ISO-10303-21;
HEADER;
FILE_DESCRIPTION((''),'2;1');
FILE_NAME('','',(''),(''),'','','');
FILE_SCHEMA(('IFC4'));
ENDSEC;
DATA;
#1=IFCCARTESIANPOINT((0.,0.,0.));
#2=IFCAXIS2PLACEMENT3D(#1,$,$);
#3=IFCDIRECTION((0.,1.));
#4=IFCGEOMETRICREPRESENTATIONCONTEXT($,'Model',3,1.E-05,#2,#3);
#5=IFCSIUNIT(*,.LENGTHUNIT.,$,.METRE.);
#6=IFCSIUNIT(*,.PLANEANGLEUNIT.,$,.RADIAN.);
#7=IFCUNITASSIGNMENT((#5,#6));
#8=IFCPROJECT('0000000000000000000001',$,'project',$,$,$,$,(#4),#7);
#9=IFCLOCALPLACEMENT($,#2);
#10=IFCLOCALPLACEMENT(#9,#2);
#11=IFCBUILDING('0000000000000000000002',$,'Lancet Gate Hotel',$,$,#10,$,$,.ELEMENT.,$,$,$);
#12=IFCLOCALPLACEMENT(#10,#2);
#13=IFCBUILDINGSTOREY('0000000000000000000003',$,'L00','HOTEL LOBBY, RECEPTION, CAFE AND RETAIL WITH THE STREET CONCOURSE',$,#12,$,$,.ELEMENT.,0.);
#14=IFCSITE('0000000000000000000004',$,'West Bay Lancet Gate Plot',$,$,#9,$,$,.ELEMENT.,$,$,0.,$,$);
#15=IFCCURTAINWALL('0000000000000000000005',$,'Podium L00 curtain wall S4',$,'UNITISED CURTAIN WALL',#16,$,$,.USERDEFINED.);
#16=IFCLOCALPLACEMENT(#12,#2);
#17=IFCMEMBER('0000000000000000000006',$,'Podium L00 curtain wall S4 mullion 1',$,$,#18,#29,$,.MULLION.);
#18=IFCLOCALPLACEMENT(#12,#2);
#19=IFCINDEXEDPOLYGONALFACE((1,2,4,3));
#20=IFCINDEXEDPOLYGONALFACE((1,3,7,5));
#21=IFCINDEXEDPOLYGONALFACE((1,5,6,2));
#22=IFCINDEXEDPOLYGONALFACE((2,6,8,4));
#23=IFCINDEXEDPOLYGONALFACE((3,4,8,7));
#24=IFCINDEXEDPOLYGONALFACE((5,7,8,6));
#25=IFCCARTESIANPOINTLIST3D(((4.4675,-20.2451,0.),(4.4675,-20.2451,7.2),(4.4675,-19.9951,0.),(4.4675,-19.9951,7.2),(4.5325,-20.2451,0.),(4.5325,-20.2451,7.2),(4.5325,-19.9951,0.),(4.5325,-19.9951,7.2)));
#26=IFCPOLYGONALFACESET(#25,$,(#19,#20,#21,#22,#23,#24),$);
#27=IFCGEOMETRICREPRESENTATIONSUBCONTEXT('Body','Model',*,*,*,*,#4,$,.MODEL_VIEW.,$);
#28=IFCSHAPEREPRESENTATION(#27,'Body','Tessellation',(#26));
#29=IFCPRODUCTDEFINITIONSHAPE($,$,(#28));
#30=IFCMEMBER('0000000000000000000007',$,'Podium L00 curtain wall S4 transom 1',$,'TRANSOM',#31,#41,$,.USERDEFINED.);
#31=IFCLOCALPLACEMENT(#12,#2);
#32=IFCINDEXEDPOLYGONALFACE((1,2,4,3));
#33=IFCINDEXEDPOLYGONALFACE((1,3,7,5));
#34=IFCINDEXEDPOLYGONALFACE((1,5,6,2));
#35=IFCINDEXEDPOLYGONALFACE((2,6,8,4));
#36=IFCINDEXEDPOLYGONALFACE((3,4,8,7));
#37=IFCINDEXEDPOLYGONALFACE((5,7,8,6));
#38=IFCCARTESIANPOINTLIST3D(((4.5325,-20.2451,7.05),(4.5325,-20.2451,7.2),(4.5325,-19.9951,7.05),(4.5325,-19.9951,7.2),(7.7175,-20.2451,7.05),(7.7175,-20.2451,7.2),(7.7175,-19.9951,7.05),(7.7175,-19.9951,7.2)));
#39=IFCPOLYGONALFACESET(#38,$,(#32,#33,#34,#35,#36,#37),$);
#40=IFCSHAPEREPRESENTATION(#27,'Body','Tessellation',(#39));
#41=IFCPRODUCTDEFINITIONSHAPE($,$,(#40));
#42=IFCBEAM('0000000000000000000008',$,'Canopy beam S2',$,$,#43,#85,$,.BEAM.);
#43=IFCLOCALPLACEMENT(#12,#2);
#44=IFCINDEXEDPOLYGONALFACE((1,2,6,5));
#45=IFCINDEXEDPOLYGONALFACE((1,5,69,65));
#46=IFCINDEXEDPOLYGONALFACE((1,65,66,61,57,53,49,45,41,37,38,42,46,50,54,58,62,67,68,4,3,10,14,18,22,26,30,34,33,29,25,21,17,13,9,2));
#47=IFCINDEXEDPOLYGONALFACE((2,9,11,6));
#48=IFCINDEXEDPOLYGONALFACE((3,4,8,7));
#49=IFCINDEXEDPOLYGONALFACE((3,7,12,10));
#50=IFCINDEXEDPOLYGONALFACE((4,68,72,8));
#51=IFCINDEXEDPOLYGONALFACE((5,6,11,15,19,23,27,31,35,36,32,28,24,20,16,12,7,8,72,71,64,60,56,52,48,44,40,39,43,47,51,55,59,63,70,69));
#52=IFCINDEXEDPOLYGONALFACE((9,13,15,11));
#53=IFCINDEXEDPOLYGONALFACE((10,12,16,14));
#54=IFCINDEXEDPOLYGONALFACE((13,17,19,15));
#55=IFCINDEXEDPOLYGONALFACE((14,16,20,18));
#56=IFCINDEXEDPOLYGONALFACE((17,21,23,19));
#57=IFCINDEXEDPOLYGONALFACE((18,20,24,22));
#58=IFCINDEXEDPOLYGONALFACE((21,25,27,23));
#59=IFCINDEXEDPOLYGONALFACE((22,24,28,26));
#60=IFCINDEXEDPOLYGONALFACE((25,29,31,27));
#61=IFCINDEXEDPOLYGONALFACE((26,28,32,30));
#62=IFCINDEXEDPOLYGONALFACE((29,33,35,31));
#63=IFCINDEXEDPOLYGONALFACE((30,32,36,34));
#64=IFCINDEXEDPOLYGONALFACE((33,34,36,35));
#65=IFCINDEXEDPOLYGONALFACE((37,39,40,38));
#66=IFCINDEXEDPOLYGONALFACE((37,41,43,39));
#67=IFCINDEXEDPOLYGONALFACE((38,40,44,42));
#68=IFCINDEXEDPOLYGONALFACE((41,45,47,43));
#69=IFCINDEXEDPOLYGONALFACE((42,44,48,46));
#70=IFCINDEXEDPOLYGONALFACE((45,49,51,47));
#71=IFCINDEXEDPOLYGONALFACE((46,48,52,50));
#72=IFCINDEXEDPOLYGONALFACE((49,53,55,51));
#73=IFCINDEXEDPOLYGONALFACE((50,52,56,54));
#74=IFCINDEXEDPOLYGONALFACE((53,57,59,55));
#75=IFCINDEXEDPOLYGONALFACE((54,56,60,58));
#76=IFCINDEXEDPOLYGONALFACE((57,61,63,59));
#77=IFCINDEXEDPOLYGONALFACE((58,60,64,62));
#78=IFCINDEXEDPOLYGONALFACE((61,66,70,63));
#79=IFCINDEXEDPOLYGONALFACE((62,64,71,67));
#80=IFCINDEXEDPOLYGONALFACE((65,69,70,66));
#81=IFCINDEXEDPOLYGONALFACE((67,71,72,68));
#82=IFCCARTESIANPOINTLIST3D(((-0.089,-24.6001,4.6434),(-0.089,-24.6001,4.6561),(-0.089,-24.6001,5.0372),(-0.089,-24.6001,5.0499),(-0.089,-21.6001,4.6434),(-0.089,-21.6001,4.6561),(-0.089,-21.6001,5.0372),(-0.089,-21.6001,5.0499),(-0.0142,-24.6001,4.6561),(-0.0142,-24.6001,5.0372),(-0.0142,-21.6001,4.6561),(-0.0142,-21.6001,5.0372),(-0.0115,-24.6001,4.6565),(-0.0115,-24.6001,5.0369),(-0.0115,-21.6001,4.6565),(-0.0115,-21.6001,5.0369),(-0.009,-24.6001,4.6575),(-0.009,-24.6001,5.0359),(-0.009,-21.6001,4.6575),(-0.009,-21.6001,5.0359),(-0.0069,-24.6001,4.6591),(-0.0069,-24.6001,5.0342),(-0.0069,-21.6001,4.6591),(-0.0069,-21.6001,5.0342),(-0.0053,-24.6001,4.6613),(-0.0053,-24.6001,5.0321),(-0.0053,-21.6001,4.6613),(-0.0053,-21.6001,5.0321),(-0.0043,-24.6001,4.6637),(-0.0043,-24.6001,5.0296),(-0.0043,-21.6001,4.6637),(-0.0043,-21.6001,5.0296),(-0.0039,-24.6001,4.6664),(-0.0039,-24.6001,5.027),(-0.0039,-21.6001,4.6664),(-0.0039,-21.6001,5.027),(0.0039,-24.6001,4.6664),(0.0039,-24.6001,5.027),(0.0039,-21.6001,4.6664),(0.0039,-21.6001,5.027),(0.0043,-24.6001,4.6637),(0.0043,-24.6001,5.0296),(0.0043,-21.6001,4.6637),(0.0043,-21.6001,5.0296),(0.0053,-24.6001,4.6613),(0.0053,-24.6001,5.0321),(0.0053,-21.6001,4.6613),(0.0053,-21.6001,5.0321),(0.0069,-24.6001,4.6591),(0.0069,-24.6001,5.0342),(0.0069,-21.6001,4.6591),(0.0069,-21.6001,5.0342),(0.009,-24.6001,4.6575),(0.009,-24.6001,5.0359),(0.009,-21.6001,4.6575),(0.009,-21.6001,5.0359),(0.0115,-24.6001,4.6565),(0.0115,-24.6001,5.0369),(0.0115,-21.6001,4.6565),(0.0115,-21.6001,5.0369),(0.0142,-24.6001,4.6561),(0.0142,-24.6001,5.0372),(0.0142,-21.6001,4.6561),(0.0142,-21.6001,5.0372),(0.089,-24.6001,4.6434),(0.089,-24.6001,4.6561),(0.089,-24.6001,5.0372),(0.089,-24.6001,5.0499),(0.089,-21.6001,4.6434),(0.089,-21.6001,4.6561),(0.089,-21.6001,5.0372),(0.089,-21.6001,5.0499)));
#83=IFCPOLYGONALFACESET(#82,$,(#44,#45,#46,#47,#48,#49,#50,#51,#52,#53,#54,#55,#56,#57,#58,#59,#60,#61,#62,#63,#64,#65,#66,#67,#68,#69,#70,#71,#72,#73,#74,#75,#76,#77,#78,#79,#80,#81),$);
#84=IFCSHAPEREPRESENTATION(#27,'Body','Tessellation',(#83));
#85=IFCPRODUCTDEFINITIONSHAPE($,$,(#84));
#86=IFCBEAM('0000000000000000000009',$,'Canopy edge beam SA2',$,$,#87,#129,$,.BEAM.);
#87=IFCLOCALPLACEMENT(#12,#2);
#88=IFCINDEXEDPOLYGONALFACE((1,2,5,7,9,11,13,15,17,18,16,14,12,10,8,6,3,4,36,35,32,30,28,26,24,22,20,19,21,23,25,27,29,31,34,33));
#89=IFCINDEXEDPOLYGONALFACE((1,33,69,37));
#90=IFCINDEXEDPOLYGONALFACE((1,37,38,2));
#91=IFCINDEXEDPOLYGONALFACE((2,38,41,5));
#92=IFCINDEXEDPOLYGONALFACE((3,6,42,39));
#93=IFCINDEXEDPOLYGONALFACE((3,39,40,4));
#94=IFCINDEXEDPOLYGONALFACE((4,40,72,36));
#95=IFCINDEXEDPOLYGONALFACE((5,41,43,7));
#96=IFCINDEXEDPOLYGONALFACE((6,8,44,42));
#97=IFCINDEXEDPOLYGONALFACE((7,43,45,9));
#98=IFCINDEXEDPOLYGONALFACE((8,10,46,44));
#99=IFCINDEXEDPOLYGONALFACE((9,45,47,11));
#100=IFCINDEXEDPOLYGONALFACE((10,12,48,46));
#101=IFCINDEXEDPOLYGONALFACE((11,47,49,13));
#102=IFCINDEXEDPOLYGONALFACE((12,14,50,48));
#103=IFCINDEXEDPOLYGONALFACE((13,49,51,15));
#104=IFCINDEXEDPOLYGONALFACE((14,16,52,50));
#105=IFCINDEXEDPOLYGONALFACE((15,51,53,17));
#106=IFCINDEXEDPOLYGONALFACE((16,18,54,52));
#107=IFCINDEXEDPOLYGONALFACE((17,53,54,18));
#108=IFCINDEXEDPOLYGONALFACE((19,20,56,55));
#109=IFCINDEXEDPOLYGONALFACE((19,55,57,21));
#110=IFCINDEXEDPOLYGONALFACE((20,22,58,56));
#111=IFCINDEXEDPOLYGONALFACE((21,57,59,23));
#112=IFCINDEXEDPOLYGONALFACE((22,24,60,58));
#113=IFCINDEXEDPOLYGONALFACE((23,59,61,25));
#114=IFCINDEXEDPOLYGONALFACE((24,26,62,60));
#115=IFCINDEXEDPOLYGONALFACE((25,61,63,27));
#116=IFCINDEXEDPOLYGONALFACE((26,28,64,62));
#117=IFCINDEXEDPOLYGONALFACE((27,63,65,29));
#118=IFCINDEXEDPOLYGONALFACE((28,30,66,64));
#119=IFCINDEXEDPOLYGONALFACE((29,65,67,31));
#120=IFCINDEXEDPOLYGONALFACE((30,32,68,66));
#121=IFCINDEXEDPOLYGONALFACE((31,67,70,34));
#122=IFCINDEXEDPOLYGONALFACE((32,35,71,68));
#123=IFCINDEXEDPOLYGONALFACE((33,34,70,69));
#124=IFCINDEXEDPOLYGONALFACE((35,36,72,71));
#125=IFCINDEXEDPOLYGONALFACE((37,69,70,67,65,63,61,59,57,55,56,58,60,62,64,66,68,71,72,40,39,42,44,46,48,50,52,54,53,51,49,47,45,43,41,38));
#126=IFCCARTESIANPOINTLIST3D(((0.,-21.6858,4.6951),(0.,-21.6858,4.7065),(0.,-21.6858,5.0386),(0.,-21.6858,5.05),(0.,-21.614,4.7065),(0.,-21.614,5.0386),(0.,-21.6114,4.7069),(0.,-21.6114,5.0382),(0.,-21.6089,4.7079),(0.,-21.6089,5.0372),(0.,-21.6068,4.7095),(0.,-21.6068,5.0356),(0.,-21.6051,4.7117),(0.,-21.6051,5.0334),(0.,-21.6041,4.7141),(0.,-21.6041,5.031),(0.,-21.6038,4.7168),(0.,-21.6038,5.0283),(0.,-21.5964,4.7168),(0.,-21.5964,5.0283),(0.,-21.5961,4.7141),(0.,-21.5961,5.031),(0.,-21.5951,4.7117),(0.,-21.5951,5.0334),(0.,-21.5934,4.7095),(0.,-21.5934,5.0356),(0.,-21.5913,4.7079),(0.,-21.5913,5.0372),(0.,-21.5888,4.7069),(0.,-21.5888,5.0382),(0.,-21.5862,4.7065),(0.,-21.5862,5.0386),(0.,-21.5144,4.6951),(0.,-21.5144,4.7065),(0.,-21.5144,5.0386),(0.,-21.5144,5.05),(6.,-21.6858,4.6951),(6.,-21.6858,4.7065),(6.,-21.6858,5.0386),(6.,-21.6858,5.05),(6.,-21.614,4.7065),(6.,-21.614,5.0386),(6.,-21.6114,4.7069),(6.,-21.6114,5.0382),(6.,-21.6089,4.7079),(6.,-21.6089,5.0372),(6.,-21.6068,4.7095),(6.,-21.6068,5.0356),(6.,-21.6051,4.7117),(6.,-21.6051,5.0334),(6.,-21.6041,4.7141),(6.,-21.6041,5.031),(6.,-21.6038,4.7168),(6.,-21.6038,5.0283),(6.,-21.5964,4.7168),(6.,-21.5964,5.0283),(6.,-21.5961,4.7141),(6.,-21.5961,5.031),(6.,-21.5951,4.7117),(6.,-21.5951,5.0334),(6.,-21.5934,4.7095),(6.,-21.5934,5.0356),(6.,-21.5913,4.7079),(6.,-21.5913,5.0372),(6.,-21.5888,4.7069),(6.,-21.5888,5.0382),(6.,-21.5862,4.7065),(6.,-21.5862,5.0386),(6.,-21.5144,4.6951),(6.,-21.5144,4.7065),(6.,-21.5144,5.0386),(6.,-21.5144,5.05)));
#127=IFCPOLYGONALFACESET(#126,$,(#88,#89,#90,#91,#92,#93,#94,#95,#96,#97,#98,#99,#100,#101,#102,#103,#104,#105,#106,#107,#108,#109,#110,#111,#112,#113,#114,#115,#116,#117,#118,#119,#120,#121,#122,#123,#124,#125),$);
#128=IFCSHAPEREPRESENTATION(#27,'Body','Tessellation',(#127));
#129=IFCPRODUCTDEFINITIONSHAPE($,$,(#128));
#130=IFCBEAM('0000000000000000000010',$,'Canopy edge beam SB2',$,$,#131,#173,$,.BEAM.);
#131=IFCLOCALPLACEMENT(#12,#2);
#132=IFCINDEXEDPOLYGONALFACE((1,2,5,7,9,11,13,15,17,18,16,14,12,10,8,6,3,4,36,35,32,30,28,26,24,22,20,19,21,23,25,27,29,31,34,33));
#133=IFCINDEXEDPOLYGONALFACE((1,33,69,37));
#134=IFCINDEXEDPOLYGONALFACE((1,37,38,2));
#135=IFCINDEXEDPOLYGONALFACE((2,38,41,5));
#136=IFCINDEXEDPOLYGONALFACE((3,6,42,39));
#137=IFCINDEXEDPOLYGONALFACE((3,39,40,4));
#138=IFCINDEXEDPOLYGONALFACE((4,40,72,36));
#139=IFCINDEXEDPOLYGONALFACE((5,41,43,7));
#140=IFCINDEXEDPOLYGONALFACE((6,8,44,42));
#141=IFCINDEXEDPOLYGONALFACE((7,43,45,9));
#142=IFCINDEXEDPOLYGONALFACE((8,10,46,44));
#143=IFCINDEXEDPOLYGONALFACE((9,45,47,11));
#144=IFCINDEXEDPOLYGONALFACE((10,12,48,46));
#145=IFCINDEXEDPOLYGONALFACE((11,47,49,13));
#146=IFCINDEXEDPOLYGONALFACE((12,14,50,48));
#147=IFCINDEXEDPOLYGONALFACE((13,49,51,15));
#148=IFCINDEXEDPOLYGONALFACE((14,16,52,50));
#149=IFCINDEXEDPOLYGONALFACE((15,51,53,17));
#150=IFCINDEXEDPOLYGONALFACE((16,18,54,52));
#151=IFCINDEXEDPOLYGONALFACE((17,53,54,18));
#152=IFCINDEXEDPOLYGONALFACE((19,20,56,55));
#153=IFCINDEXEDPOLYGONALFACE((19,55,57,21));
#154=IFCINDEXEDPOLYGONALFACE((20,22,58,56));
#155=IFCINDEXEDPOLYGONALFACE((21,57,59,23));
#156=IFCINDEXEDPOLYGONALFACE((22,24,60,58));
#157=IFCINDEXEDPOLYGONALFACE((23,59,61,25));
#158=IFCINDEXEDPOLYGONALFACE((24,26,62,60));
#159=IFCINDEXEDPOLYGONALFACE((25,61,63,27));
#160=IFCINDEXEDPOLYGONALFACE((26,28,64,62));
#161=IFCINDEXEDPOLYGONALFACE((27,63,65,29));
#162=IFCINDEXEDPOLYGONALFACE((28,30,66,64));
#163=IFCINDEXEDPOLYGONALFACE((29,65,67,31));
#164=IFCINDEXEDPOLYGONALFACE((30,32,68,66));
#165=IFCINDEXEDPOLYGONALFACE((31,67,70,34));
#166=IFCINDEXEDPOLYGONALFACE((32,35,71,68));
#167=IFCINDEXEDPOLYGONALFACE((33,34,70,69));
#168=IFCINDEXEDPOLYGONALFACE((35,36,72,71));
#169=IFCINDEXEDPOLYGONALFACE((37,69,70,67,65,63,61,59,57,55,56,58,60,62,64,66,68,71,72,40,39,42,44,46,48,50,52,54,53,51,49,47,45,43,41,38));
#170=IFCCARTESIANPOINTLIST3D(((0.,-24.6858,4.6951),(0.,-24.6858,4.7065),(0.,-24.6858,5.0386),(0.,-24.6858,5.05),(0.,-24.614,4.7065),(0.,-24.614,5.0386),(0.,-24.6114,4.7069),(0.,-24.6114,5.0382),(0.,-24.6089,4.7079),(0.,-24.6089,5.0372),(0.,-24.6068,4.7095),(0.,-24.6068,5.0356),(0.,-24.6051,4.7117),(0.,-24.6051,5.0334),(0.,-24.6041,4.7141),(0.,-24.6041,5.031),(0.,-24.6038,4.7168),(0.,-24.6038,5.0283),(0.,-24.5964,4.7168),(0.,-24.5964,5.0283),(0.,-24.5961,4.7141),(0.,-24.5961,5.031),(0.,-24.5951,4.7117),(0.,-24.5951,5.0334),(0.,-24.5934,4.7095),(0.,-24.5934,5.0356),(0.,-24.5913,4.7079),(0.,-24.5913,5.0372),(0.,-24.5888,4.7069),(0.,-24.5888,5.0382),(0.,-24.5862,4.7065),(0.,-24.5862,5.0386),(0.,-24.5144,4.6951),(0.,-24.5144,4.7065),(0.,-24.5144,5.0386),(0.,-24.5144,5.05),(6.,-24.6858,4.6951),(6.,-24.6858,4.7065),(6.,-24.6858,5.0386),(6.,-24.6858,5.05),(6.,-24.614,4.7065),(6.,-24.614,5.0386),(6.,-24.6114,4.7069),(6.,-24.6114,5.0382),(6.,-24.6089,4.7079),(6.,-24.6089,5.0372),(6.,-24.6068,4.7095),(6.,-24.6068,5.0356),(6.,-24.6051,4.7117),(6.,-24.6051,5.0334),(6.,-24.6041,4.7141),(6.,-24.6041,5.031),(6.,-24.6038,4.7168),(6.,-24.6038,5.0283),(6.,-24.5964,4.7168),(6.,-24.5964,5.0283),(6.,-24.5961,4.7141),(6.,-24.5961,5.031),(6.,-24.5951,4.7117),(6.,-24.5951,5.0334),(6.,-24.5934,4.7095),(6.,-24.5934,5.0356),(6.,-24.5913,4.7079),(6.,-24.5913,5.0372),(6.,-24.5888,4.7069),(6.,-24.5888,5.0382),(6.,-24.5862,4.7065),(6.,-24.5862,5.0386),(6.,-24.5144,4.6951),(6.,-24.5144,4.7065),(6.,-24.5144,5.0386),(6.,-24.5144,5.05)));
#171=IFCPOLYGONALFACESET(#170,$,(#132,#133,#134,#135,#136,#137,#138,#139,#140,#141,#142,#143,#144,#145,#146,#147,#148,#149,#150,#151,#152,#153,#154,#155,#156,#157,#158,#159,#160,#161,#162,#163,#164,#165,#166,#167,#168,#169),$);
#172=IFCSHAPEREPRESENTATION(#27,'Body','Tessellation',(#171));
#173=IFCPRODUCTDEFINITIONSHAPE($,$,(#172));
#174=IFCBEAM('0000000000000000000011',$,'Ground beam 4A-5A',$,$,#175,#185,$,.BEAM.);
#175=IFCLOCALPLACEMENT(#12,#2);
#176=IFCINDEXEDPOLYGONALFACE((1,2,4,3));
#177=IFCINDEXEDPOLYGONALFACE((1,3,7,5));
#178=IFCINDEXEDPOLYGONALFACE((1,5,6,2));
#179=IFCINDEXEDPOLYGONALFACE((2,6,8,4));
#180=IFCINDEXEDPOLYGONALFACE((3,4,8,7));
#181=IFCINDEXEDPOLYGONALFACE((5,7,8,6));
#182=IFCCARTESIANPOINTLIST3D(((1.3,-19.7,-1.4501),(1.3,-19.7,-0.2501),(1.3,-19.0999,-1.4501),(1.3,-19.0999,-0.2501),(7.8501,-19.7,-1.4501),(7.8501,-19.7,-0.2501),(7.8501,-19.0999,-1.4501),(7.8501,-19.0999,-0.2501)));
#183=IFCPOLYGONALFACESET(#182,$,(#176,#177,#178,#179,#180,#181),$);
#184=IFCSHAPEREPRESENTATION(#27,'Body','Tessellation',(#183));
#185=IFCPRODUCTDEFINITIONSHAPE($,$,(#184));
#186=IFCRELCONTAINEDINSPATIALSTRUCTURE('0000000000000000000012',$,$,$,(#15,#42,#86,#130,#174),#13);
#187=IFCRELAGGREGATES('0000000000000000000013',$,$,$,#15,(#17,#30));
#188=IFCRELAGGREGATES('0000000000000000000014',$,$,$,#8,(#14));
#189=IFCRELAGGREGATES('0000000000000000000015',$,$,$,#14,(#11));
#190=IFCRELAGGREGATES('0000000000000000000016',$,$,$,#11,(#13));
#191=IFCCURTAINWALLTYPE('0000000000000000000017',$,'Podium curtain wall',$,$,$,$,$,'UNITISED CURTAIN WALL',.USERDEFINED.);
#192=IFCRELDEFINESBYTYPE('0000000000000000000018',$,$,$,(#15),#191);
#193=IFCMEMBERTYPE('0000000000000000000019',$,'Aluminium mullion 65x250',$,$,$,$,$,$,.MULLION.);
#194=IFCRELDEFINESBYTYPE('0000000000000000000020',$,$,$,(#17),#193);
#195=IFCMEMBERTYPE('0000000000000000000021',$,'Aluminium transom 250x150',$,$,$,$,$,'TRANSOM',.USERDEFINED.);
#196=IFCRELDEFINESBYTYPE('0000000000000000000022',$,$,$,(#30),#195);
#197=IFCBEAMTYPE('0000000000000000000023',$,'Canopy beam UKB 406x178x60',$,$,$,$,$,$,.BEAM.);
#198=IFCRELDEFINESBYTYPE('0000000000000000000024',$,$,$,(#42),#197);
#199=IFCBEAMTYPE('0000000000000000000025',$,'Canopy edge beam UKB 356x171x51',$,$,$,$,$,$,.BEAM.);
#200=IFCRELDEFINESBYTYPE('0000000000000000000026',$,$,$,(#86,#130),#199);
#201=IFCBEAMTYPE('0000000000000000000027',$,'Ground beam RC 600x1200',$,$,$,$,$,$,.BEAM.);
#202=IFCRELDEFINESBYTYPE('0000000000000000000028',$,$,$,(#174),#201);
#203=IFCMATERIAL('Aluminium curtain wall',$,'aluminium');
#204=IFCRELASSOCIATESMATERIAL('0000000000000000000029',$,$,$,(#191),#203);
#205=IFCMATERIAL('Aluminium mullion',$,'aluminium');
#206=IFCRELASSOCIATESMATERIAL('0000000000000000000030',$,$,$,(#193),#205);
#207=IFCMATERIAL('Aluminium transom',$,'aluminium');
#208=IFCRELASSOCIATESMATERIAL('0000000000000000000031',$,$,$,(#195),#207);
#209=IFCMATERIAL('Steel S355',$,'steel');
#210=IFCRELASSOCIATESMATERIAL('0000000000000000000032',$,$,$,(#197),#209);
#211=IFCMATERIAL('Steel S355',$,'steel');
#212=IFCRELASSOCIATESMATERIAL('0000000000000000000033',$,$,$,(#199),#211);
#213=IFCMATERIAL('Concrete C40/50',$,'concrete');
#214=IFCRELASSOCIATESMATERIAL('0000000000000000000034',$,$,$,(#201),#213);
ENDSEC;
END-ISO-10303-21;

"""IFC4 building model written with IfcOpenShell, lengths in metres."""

from ifc_helpers import new_model, si_unit, direction, frame, origin, origin_2d, place, context, subcontext, project, spatial, rectangle, i_section, extrude, material, material_profile, profile_set, type_object, element, aggregate, save


model = new_model("IFC4")

# Units and contexts
model_context = context("Model", 3, precision=1e-05, world=origin(), true_north=direction((0.0, 1.0)))
body_context = subcontext(model_context, "Body", "Model", "MODEL_VIEW")
ifc_project = project(units=[si_unit("LENGTHUNIT", "METRE"), si_unit("PLANEANGLEUNIT", "RADIAN")], contexts=[model_context])

# Site, building, storey
site_placement = place(None, origin())
site = spatial("IfcSite", under=ifc_project, at=site_placement, Name="West Bay Lancet Gate Plot", CompositionType="ELEMENT", RefElevation=0.0)
building_placement = place(site_placement, origin())
building = spatial("IfcBuilding", under=site, at=building_placement, Name="Lancet Gate Hotel", CompositionType="ELEMENT")
storey_placement = place(building_placement, origin())
storey = spatial("IfcBuildingStorey", under=building, at=storey_placement, Name="L00", Description="HOTEL LOBBY, RECEPTION, CAFE AND RETAIL WITH THE STREET CONCOURSE", CompositionType="ELEMENT", Elevation=0.0)

# Curtain wall, members
ifc_material_1 = material(Name="Aluminium curtain wall", Category="aluminium")
curtain_wall_type = type_object("IfcCurtainWallType", Name="Podium curtain wall", ElementType="UNITISED CURTAIN WALL", PredefinedType="USERDEFINED", material=ifc_material_1)
curtain_wall_placement = place(storey_placement, origin())
curtain_wall = element("IfcCurtainWall", 1, at=curtain_wall_placement, inside=storey, type_object=curtain_wall_type, Name="Podium L00 curtain wall S4", ObjectType="UNITISED CURTAIN WALL", PredefinedType="USERDEFINED")
ifc_material_2 = material(Name="Aluminium mullion", Category="aluminium")
ifc_material_profile_1 = material_profile(ifc_material_2, rectangle(XDim=0.0649, YDim=0.25, at=origin_2d()), Name="MULLION 65x250")
ifc_profile_set_1 = profile_set([ifc_material_profile_1], Name="Aluminium mullion")
member_type_1 = type_object("IfcMemberType", Name="Aluminium mullion 65x250", PredefinedType="MULLION", material=ifc_profile_set_1)
member_1_placement = place(storey_placement, frame((4.5, -20.1201, 0.0), z_axis=(0.0, 0.0, 1.0), x_axis=(1.0, 0.0, 0.0)))
member_1 = element("IfcMember", 2, at=member_1_placement, type_object=member_type_1, Name="Podium L00 curtain wall S4 mullion 1", PredefinedType="MULLION", context=body_context, shape_type="SweptSolid", body=[
    extrude(rectangle(XDim=0.0649, YDim=0.25, at=origin_2d()), origin(), (0.0, 0.0, 1.0), 7.2),
])
ifc_material_3 = material(Name="Aluminium transom", Category="aluminium")
ifc_material_profile_2 = material_profile(ifc_material_3, rectangle(XDim=0.25, YDim=0.1499, at=origin_2d()), Name="TRANSOM 250x150")
ifc_profile_set_2 = profile_set([ifc_material_profile_2], Name="Aluminium transom")
member_type_2 = type_object("IfcMemberType", Name="Aluminium transom 250x150", ElementType="TRANSOM", PredefinedType="USERDEFINED", material=ifc_profile_set_2)
member_2_placement = place(storey_placement, frame((4.5325, -20.1201, 7.125), z_axis=(1.0, 0.0, 0.0), x_axis=(0.0, 1.0, 0.0)))
member_2 = element("IfcMember", 3, at=member_2_placement, type_object=member_type_2, Name="Podium L00 curtain wall S4 transom 1", ObjectType="TRANSOM", PredefinedType="USERDEFINED", context=body_context, shape_type="SweptSolid", body=[
    extrude(rectangle(XDim=0.25, YDim=0.1499, at=origin_2d()), origin(), (0.0, 0.0, 1.0), 3.1851),
])
aggregate(curtain_wall, [member_1, member_2])

# Beams
ifc_material_4 = material(Name="Steel S355", Category="steel")
ifc_material_profile_3 = material_profile(ifc_material_4, i_section(OverallWidth=0.178, OverallDepth=0.4065, WebThickness=0.0078, FlangeThickness=0.0127, FilletRadius=0.0103, at=origin_2d()), Name="UKB 406x178x60")
ifc_profile_set_3 = profile_set([ifc_material_profile_3], Name="Steel S355")
beam_type_1 = type_object("IfcBeamType", Name="Canopy beam UKB 406x178x60", PredefinedType="BEAM", material=ifc_profile_set_3)
beam_1_placement = place(storey_placement, frame((0.0, -21.6001, 4.8467), z_axis=(0.0, -1.0, 0.0), x_axis=(1.0, 0.0, 0.0)))
element("IfcBeam", 4, at=beam_1_placement, inside=storey, type_object=beam_type_1, Name="Canopy beam S2", PredefinedType="BEAM", context=body_context, shape_type="SweptSolid", body=[
    extrude(i_section(OverallWidth=0.178, OverallDepth=0.4065, WebThickness=0.0078, FlangeThickness=0.0127, FilletRadius=0.0103, at=origin_2d()), origin(), (0.0, 0.0, 1.0), 3.0),
])
ifc_material_5 = material(Name="Steel S355", Category="steel")
ifc_material_profile_4 = material_profile(ifc_material_5, i_section(OverallWidth=0.1714, OverallDepth=0.355, WebThickness=0.0073, FlangeThickness=0.0115, FilletRadius=0.0103, at=origin_2d()), Name="UKB 356x171x51")
ifc_profile_set_4 = profile_set([ifc_material_profile_4], Name="Steel S355")
beam_type_2 = type_object("IfcBeamType", Name="Canopy edge beam UKB 356x171x51", PredefinedType="BEAM", material=ifc_profile_set_4)
for number, where, z_axis, x_axis, name in (
    (5, (0.0, -21.6001, 4.8726), (1.0, 0.0, 0.0), (0.0, 1.0, 0.0), "Canopy edge beam SA2"),
    (6, (0.0, -24.6001, 4.8726), (1.0, 0.0, 0.0), (0.0, 1.0, 0.0), "Canopy edge beam SB2"),
):
    element("IfcBeam", number, at=place(storey_placement, frame(where, z_axis=z_axis, x_axis=x_axis)), inside=storey, type_object=beam_type_2, Name=name, PredefinedType="BEAM", context=body_context, shape_type="SweptSolid", body=[
        extrude(i_section(OverallWidth=0.1714, OverallDepth=0.355, WebThickness=0.0073, FlangeThickness=0.0115, FilletRadius=0.0103, at=origin_2d()), origin(), (0.0, 0.0, 1.0), 6.0),
    ])
ifc_material_6 = material(Name="Concrete C40/50", Category="concrete")
ifc_material_profile_5 = material_profile(ifc_material_6, rectangle(XDim=0.6001, YDim=1.2, at=origin_2d()), Name="RC 600x1200")
ifc_profile_set_5 = profile_set([ifc_material_profile_5], Name="Concrete C40/50")
beam_type_3 = type_object("IfcBeamType", Name="Ground beam RC 600x1200", PredefinedType="BEAM", material=ifc_profile_set_5)
beam_2_placement = place(storey_placement, frame((1.3, -19.3999, -0.8501), z_axis=(1.0, 0.0, 0.0), x_axis=(0.0, 1.0, 0.0)))
element("IfcBeam", 7, at=beam_2_placement, inside=storey, type_object=beam_type_3, Name="Ground beam 4A-5A", PredefinedType="BEAM", context=body_context, shape_type="SweptSolid", body=[
    extrude(rectangle(XDim=0.6001, YDim=1.2, at=origin_2d()), origin(), (0.0, 0.0, 1.0), 6.55),
])

save(model, "model.ifc")
